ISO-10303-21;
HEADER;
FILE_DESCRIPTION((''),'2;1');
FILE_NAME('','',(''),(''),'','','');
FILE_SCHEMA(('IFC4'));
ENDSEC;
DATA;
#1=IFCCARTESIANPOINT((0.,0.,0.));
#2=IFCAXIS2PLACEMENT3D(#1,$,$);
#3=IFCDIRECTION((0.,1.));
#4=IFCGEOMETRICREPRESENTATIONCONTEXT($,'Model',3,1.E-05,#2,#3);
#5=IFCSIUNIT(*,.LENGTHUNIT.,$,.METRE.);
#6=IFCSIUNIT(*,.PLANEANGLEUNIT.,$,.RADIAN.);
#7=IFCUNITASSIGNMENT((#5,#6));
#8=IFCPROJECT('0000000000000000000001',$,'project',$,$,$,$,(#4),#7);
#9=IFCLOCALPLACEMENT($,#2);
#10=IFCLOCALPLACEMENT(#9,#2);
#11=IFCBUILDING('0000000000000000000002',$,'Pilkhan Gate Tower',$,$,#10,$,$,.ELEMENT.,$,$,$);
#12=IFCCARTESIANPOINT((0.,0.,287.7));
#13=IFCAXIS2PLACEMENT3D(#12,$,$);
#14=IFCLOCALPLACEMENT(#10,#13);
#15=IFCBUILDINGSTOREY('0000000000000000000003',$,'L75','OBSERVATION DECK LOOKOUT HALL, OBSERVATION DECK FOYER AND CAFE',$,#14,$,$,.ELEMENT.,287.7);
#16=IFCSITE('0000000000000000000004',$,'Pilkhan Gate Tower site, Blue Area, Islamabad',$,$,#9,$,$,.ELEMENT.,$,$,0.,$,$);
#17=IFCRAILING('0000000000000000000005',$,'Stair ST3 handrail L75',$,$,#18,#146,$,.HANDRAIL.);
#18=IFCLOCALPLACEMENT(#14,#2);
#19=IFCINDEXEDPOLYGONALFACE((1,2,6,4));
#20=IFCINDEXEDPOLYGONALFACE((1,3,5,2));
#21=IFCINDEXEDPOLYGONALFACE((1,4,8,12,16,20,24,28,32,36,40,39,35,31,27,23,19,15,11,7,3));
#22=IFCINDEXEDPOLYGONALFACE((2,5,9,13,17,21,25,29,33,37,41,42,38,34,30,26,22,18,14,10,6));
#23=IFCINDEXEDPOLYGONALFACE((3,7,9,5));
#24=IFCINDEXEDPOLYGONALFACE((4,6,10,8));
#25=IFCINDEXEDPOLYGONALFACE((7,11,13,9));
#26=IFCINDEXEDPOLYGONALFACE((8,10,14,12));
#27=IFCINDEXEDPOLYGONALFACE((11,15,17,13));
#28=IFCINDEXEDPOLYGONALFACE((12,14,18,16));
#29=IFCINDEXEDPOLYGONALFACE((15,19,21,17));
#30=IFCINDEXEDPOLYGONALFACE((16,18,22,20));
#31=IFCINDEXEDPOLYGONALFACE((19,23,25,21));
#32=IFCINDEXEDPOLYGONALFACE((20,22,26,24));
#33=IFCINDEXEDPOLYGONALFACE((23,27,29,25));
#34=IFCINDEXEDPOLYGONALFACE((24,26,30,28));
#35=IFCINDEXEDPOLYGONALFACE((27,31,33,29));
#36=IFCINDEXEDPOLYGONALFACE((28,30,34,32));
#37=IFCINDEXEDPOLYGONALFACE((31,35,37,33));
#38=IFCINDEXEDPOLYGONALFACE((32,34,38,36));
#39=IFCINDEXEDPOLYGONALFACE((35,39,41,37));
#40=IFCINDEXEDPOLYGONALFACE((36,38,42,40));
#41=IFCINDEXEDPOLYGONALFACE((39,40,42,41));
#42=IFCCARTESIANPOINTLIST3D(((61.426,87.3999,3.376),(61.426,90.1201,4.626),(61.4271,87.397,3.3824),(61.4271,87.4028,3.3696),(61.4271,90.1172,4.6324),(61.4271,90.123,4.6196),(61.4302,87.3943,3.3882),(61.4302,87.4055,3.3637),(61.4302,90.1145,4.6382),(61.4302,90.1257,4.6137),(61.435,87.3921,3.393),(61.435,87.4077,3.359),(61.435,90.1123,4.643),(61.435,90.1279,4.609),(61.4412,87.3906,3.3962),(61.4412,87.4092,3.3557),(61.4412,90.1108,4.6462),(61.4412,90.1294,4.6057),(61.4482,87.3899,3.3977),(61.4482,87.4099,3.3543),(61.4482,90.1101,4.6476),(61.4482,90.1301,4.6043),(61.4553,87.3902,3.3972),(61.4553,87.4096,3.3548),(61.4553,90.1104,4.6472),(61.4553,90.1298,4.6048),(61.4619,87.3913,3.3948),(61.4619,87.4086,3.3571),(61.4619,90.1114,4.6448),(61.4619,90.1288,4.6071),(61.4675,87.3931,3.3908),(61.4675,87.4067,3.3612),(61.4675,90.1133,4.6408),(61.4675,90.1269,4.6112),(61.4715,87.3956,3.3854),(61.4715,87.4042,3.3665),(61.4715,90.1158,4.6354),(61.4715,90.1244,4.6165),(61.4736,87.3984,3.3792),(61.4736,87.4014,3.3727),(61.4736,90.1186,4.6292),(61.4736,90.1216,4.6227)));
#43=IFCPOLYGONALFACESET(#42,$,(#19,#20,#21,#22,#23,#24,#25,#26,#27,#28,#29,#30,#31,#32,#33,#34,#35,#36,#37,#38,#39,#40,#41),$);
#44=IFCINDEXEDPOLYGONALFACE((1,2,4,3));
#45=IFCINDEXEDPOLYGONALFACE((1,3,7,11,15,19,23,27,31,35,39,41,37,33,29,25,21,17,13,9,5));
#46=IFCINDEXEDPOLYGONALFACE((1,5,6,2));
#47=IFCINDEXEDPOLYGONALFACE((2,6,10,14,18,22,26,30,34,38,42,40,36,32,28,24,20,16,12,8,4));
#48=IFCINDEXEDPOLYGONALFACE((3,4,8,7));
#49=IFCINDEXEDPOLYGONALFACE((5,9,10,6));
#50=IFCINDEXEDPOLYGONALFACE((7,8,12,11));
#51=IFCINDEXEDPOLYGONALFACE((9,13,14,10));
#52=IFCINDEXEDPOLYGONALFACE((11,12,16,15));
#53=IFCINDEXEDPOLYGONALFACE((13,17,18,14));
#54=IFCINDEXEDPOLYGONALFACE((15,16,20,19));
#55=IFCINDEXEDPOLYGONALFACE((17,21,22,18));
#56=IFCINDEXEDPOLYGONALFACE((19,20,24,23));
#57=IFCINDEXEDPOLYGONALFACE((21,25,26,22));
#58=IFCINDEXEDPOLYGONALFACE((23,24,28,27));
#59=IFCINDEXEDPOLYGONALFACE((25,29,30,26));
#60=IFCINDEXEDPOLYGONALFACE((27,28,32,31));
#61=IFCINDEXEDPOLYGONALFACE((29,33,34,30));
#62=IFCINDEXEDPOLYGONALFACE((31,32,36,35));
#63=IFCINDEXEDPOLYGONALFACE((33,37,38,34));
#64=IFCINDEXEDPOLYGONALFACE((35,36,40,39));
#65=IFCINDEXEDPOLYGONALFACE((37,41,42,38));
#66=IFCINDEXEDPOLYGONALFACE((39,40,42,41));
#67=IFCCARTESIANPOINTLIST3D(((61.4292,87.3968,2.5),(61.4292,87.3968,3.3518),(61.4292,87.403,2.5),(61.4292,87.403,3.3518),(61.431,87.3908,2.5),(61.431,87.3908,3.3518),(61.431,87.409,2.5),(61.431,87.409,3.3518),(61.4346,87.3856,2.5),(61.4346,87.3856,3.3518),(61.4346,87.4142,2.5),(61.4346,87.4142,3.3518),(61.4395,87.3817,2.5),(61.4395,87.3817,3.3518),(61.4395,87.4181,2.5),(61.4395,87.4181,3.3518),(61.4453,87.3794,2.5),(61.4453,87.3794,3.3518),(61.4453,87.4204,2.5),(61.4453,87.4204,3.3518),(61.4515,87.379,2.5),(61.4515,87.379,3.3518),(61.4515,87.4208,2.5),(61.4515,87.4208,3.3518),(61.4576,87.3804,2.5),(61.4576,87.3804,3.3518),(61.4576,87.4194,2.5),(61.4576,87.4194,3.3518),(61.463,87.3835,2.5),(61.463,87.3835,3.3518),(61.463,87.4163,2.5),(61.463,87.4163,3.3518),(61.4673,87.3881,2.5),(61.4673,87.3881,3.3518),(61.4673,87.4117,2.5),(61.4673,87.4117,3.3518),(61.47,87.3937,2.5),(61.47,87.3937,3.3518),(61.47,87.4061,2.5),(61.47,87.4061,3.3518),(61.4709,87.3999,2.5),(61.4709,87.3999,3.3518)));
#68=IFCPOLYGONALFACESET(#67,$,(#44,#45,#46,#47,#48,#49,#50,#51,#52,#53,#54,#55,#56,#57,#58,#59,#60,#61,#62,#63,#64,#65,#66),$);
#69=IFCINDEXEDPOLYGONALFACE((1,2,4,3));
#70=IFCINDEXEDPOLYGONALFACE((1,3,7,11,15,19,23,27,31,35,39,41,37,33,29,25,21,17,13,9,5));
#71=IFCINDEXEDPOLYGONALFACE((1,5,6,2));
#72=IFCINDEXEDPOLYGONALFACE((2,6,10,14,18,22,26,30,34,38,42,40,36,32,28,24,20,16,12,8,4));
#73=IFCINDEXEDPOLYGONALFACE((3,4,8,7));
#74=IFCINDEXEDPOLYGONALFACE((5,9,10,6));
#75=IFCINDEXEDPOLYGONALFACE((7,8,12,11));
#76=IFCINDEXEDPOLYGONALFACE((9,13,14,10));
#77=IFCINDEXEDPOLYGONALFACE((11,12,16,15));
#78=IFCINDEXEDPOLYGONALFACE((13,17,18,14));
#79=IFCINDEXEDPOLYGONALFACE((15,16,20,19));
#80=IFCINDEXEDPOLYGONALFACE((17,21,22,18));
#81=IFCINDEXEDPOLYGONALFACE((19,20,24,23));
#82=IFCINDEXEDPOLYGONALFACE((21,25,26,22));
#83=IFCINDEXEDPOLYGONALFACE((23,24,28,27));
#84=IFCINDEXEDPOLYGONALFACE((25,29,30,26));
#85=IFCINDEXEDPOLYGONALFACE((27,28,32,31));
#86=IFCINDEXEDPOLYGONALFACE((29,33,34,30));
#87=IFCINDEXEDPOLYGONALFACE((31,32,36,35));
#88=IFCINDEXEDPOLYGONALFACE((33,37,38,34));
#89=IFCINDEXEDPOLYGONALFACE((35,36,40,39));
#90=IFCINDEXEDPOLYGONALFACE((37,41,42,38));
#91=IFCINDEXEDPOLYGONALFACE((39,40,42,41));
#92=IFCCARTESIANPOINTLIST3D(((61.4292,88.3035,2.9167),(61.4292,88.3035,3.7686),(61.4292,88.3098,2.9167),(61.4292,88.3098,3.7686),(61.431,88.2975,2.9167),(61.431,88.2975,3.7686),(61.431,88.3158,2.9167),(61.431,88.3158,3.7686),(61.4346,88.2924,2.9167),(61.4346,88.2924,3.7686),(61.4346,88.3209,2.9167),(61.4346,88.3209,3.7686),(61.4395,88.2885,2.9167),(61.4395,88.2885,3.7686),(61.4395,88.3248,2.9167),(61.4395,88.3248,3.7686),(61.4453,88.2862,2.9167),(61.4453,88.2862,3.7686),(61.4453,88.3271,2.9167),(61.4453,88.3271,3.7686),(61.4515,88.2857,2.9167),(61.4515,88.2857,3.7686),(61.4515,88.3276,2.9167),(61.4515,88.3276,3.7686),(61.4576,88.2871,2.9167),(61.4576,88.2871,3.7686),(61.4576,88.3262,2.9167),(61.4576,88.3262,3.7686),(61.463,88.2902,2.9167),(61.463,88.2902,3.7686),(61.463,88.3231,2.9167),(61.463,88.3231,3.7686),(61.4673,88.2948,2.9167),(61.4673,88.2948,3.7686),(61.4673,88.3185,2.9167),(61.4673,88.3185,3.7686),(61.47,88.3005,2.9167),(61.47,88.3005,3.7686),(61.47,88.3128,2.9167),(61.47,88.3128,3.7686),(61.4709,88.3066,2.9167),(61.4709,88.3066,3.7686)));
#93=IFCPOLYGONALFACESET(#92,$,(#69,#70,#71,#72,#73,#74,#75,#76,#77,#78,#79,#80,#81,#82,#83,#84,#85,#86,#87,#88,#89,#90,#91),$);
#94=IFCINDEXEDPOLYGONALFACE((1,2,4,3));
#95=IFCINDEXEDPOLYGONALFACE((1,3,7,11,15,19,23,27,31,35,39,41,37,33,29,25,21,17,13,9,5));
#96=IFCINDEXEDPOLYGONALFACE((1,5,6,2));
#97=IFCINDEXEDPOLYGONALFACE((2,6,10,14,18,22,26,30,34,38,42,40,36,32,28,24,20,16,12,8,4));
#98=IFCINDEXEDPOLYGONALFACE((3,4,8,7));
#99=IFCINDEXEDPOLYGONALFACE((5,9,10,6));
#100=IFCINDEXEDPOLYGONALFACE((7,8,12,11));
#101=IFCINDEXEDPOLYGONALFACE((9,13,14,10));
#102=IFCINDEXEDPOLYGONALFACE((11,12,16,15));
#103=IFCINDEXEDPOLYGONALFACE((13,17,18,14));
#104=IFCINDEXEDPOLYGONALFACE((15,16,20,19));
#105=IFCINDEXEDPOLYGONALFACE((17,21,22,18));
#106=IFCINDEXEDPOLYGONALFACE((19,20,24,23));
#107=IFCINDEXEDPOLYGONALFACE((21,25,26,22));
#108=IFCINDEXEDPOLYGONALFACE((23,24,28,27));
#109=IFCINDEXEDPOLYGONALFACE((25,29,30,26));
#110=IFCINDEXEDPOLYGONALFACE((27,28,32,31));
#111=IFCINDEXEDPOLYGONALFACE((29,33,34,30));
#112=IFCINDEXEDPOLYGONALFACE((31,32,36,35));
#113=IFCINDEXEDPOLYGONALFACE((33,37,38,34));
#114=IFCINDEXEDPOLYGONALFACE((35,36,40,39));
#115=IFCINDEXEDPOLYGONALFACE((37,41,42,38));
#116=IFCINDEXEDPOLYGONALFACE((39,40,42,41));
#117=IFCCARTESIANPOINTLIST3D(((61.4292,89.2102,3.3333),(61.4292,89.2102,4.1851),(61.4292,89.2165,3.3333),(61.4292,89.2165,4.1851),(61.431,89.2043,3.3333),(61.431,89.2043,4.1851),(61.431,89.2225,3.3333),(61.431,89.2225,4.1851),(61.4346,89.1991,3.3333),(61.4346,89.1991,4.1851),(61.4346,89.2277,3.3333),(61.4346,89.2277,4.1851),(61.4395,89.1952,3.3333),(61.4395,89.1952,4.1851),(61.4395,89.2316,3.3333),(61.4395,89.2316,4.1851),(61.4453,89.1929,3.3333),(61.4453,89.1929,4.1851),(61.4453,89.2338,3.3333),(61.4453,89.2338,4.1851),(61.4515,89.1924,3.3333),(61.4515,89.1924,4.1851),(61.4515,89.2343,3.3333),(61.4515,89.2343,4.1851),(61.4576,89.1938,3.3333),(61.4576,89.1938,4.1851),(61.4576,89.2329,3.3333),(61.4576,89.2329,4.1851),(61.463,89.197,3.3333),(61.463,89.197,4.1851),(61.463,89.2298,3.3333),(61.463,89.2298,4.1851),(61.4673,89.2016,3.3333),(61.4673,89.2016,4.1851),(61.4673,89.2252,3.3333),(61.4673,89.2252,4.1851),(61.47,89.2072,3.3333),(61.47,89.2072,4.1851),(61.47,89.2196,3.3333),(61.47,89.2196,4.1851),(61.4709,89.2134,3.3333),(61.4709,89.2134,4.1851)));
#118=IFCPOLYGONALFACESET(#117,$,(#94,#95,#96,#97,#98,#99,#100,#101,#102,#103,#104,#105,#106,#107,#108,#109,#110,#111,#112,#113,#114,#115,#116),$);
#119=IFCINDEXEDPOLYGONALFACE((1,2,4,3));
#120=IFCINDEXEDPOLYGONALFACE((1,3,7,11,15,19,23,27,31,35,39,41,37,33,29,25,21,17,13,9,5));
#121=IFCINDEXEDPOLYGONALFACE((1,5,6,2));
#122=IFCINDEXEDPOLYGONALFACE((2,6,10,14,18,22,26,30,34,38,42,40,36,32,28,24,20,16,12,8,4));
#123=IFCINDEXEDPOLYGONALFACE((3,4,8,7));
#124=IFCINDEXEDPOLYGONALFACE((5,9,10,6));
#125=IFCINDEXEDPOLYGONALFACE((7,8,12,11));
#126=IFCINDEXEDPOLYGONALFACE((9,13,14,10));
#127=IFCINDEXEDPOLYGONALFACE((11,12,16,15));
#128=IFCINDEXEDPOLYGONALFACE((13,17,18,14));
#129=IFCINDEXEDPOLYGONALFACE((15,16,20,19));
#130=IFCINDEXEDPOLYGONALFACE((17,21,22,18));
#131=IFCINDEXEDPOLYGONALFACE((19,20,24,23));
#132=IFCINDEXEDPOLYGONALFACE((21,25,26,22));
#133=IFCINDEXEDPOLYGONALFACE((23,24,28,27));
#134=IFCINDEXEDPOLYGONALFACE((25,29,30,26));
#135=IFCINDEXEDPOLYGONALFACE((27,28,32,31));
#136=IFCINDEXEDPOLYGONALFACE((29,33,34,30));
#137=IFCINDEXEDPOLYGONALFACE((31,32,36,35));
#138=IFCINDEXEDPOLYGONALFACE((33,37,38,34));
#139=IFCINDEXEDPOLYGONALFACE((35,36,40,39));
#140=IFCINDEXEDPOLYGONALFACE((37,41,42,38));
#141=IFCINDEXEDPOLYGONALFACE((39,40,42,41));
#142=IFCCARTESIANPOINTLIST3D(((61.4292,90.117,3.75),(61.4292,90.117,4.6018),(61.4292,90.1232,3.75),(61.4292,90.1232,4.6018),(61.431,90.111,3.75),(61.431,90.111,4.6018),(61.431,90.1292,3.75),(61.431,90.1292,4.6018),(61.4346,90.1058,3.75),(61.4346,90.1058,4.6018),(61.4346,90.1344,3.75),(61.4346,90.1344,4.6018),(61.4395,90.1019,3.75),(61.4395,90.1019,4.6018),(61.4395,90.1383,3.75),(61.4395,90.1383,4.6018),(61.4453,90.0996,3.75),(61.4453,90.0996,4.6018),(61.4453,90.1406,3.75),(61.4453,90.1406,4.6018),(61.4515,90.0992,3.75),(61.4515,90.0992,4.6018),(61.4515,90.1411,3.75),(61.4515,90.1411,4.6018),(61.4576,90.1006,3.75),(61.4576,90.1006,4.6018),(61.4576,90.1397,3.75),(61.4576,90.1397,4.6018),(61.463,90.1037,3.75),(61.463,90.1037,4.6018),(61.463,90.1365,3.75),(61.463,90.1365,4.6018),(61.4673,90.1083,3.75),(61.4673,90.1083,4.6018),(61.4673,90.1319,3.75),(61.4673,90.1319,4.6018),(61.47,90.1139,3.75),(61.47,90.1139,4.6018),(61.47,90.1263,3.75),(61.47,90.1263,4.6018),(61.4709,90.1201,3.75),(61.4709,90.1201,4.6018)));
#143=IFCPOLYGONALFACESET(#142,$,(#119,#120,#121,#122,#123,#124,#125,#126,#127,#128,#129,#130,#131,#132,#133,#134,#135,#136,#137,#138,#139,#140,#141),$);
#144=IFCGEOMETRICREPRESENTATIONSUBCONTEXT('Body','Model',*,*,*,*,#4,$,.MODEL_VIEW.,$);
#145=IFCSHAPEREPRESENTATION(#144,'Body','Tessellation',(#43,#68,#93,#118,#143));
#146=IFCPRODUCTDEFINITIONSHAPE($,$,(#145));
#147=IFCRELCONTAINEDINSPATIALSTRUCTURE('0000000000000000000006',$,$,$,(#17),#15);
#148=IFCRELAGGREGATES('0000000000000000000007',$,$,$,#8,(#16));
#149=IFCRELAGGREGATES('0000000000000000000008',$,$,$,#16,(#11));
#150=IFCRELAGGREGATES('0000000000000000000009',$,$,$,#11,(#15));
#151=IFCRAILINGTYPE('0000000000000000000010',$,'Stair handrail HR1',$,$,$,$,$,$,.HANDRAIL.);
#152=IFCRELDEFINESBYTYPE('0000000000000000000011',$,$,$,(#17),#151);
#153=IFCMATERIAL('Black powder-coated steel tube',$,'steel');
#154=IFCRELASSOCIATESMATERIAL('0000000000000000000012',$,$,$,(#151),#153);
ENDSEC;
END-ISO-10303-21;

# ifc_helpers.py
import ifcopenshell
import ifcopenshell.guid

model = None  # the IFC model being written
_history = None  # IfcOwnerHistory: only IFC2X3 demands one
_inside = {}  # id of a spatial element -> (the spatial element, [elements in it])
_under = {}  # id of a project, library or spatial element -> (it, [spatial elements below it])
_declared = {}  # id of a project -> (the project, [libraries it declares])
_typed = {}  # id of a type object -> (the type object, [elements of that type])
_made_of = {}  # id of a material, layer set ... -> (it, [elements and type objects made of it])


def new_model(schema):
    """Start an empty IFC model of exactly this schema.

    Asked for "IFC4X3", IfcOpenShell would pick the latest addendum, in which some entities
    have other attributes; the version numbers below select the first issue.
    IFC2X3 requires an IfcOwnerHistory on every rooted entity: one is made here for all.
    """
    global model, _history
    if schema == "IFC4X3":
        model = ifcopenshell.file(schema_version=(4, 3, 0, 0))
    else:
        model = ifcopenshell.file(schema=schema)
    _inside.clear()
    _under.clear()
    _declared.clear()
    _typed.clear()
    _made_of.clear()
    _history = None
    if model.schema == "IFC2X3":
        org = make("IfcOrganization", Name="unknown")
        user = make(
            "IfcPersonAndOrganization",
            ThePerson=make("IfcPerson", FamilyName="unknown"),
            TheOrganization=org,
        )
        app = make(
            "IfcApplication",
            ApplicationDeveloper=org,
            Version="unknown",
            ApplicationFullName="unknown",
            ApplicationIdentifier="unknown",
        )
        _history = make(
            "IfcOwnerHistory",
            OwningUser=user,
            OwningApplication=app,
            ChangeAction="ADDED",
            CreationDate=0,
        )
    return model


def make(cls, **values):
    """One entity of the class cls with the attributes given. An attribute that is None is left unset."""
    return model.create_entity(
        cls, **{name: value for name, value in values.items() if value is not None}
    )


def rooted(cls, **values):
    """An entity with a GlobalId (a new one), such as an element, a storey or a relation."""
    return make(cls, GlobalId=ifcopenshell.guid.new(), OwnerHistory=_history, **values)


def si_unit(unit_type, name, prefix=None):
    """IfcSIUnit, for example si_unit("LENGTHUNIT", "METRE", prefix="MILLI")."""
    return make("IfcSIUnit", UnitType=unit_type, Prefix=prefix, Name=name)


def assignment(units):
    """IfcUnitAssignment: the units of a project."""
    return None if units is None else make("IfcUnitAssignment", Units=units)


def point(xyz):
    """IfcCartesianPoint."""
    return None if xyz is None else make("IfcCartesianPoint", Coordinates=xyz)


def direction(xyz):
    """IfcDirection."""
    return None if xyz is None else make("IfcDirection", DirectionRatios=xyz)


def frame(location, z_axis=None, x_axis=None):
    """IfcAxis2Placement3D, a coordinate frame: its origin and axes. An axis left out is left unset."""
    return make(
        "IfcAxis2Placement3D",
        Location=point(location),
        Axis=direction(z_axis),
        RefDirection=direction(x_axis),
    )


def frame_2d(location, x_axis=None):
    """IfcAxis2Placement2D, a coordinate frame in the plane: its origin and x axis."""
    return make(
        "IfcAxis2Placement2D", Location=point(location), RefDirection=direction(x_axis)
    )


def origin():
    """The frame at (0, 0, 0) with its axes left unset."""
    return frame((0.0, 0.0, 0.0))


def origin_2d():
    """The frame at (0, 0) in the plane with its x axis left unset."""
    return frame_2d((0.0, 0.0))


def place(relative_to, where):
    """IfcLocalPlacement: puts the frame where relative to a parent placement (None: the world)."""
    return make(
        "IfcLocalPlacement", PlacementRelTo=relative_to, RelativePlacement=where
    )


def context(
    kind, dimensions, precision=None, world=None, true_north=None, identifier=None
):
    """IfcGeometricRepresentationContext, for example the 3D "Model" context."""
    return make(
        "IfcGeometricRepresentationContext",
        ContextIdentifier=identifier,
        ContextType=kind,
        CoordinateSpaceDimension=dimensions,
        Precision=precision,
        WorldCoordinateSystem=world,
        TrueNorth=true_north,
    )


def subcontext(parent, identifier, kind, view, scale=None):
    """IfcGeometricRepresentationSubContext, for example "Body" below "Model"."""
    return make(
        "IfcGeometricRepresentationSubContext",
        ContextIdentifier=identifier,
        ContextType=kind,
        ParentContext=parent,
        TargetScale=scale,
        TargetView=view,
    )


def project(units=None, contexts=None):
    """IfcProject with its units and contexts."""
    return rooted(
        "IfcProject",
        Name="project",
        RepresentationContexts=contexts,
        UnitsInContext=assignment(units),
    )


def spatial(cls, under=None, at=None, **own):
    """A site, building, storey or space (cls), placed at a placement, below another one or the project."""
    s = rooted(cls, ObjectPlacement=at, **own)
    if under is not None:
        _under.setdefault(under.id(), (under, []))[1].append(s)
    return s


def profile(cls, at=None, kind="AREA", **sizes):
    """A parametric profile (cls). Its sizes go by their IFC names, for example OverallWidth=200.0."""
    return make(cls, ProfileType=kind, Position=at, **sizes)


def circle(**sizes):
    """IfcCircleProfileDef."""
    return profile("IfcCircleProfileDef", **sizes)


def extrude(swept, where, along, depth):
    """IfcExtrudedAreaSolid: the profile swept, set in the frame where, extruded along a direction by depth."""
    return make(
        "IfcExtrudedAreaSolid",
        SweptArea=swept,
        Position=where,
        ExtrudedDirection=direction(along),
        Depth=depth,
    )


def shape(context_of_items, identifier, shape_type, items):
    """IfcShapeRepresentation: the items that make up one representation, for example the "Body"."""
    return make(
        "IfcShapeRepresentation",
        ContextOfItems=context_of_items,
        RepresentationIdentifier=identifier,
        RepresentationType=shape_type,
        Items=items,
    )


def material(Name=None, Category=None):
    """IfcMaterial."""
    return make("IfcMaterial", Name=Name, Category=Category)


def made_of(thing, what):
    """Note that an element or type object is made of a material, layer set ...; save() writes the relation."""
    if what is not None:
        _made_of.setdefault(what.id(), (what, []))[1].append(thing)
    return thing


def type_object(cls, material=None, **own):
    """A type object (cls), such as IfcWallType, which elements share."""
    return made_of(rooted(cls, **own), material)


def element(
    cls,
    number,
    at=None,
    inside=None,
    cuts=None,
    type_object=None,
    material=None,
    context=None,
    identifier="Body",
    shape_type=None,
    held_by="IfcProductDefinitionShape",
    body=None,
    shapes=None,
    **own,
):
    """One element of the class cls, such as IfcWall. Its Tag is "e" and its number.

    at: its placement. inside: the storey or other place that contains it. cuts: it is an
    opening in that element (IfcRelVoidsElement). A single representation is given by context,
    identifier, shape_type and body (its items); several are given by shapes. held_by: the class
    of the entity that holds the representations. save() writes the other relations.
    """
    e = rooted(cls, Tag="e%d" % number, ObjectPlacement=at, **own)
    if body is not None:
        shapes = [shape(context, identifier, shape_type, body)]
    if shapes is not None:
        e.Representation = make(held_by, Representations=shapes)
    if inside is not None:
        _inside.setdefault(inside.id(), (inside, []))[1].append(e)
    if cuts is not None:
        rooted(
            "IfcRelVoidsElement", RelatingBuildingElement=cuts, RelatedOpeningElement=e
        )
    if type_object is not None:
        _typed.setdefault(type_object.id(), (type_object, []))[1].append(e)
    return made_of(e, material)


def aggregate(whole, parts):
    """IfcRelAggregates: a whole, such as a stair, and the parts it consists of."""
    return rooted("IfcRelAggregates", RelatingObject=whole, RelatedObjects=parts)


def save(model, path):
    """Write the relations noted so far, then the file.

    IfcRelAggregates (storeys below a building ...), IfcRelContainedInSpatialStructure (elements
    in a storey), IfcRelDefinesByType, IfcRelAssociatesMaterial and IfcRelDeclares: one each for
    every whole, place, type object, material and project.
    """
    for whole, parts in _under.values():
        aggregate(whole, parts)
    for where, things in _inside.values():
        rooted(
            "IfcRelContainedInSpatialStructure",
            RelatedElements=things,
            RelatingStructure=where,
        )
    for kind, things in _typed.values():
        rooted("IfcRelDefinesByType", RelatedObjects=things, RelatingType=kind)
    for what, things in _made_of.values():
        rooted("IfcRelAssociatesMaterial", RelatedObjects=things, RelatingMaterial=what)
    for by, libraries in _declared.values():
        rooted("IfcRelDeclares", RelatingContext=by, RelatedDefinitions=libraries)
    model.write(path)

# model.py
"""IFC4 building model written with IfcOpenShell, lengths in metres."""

from ifc_helpers import new_model, si_unit, direction, frame, origin, origin_2d, place, context, subcontext, project, spatial, circle, extrude, material, type_object, element, save


model = new_model("IFC4")

# Units and contexts
model_context = context("Model", 3, precision=1e-05, world=origin(), true_north=direction((0.0, 1.0)))
body_context = subcontext(model_context, "Body", "Model", "MODEL_VIEW")
ifc_project = project(units=[si_unit("LENGTHUNIT", "METRE"), si_unit("PLANEANGLEUNIT", "RADIAN")], contexts=[model_context])

# Site, building, storey
site_placement = place(None, origin())
site = spatial("IfcSite", under=ifc_project, at=site_placement, Name="Pilkhan Gate Tower site, Blue Area, Islamabad", CompositionType="ELEMENT", RefElevation=0.0)
building_placement = place(site_placement, origin())
building = spatial("IfcBuilding", under=site, at=building_placement, Name="Pilkhan Gate Tower", CompositionType="ELEMENT")
storey_placement = place(building_placement, frame((0.0, 0.0, 287.7)))
storey = spatial("IfcBuildingStorey", under=building, at=storey_placement, Name="L75", Description="OBSERVATION DECK LOOKOUT HALL, OBSERVATION DECK FOYER AND CAFE", CompositionType="ELEMENT", Elevation=287.7)

# Railing
ifc_material_1 = material(Name="Black powder-coated steel tube", Category="steel")
railing_type_1 = type_object("IfcRailingType", Name="Stair handrail HR1", PredefinedType="HANDRAIL", material=ifc_material_1)
railing_1_placement = place(storey_placement, frame((61.45, 87.3999, 2.5)))
element("IfcRailing", 1, at=railing_1_placement, inside=storey, type_object=railing_type_1, Name="Stair ST3 handrail L75", PredefinedType="HANDRAIL", context=body_context, shape_type="SweptSolid", body=[
    extrude(circle(Radius=0.0239, at=origin_2d()), frame((0.0, 0.0, 0.876), z_axis=(0.0, 0.908655, 0.417547), x_axis=(-1.0, 0.0, 0.0)), (0.0, 0.0, 1.0), 2.9937),
    extrude(circle(Radius=0.021, at=origin_2d()), origin(), (0.0, 0.0, 1.0), 0.8518),
    extrude(circle(Radius=0.021, at=origin_2d()), frame((0.0, 0.9067, 0.4167)), (0.0, 0.0, 1.0), 0.8518),
    extrude(circle(Radius=0.021, at=origin_2d()), frame((0.0, 1.8135, 0.8333)), (0.0, 0.0, 1.0), 0.8518),
    extrude(circle(Radius=0.021, at=origin_2d()), frame((0.0, 2.7202, 1.25)), (0.0, 0.0, 1.0), 0.8518),
])

save(model, "model.ifc")
